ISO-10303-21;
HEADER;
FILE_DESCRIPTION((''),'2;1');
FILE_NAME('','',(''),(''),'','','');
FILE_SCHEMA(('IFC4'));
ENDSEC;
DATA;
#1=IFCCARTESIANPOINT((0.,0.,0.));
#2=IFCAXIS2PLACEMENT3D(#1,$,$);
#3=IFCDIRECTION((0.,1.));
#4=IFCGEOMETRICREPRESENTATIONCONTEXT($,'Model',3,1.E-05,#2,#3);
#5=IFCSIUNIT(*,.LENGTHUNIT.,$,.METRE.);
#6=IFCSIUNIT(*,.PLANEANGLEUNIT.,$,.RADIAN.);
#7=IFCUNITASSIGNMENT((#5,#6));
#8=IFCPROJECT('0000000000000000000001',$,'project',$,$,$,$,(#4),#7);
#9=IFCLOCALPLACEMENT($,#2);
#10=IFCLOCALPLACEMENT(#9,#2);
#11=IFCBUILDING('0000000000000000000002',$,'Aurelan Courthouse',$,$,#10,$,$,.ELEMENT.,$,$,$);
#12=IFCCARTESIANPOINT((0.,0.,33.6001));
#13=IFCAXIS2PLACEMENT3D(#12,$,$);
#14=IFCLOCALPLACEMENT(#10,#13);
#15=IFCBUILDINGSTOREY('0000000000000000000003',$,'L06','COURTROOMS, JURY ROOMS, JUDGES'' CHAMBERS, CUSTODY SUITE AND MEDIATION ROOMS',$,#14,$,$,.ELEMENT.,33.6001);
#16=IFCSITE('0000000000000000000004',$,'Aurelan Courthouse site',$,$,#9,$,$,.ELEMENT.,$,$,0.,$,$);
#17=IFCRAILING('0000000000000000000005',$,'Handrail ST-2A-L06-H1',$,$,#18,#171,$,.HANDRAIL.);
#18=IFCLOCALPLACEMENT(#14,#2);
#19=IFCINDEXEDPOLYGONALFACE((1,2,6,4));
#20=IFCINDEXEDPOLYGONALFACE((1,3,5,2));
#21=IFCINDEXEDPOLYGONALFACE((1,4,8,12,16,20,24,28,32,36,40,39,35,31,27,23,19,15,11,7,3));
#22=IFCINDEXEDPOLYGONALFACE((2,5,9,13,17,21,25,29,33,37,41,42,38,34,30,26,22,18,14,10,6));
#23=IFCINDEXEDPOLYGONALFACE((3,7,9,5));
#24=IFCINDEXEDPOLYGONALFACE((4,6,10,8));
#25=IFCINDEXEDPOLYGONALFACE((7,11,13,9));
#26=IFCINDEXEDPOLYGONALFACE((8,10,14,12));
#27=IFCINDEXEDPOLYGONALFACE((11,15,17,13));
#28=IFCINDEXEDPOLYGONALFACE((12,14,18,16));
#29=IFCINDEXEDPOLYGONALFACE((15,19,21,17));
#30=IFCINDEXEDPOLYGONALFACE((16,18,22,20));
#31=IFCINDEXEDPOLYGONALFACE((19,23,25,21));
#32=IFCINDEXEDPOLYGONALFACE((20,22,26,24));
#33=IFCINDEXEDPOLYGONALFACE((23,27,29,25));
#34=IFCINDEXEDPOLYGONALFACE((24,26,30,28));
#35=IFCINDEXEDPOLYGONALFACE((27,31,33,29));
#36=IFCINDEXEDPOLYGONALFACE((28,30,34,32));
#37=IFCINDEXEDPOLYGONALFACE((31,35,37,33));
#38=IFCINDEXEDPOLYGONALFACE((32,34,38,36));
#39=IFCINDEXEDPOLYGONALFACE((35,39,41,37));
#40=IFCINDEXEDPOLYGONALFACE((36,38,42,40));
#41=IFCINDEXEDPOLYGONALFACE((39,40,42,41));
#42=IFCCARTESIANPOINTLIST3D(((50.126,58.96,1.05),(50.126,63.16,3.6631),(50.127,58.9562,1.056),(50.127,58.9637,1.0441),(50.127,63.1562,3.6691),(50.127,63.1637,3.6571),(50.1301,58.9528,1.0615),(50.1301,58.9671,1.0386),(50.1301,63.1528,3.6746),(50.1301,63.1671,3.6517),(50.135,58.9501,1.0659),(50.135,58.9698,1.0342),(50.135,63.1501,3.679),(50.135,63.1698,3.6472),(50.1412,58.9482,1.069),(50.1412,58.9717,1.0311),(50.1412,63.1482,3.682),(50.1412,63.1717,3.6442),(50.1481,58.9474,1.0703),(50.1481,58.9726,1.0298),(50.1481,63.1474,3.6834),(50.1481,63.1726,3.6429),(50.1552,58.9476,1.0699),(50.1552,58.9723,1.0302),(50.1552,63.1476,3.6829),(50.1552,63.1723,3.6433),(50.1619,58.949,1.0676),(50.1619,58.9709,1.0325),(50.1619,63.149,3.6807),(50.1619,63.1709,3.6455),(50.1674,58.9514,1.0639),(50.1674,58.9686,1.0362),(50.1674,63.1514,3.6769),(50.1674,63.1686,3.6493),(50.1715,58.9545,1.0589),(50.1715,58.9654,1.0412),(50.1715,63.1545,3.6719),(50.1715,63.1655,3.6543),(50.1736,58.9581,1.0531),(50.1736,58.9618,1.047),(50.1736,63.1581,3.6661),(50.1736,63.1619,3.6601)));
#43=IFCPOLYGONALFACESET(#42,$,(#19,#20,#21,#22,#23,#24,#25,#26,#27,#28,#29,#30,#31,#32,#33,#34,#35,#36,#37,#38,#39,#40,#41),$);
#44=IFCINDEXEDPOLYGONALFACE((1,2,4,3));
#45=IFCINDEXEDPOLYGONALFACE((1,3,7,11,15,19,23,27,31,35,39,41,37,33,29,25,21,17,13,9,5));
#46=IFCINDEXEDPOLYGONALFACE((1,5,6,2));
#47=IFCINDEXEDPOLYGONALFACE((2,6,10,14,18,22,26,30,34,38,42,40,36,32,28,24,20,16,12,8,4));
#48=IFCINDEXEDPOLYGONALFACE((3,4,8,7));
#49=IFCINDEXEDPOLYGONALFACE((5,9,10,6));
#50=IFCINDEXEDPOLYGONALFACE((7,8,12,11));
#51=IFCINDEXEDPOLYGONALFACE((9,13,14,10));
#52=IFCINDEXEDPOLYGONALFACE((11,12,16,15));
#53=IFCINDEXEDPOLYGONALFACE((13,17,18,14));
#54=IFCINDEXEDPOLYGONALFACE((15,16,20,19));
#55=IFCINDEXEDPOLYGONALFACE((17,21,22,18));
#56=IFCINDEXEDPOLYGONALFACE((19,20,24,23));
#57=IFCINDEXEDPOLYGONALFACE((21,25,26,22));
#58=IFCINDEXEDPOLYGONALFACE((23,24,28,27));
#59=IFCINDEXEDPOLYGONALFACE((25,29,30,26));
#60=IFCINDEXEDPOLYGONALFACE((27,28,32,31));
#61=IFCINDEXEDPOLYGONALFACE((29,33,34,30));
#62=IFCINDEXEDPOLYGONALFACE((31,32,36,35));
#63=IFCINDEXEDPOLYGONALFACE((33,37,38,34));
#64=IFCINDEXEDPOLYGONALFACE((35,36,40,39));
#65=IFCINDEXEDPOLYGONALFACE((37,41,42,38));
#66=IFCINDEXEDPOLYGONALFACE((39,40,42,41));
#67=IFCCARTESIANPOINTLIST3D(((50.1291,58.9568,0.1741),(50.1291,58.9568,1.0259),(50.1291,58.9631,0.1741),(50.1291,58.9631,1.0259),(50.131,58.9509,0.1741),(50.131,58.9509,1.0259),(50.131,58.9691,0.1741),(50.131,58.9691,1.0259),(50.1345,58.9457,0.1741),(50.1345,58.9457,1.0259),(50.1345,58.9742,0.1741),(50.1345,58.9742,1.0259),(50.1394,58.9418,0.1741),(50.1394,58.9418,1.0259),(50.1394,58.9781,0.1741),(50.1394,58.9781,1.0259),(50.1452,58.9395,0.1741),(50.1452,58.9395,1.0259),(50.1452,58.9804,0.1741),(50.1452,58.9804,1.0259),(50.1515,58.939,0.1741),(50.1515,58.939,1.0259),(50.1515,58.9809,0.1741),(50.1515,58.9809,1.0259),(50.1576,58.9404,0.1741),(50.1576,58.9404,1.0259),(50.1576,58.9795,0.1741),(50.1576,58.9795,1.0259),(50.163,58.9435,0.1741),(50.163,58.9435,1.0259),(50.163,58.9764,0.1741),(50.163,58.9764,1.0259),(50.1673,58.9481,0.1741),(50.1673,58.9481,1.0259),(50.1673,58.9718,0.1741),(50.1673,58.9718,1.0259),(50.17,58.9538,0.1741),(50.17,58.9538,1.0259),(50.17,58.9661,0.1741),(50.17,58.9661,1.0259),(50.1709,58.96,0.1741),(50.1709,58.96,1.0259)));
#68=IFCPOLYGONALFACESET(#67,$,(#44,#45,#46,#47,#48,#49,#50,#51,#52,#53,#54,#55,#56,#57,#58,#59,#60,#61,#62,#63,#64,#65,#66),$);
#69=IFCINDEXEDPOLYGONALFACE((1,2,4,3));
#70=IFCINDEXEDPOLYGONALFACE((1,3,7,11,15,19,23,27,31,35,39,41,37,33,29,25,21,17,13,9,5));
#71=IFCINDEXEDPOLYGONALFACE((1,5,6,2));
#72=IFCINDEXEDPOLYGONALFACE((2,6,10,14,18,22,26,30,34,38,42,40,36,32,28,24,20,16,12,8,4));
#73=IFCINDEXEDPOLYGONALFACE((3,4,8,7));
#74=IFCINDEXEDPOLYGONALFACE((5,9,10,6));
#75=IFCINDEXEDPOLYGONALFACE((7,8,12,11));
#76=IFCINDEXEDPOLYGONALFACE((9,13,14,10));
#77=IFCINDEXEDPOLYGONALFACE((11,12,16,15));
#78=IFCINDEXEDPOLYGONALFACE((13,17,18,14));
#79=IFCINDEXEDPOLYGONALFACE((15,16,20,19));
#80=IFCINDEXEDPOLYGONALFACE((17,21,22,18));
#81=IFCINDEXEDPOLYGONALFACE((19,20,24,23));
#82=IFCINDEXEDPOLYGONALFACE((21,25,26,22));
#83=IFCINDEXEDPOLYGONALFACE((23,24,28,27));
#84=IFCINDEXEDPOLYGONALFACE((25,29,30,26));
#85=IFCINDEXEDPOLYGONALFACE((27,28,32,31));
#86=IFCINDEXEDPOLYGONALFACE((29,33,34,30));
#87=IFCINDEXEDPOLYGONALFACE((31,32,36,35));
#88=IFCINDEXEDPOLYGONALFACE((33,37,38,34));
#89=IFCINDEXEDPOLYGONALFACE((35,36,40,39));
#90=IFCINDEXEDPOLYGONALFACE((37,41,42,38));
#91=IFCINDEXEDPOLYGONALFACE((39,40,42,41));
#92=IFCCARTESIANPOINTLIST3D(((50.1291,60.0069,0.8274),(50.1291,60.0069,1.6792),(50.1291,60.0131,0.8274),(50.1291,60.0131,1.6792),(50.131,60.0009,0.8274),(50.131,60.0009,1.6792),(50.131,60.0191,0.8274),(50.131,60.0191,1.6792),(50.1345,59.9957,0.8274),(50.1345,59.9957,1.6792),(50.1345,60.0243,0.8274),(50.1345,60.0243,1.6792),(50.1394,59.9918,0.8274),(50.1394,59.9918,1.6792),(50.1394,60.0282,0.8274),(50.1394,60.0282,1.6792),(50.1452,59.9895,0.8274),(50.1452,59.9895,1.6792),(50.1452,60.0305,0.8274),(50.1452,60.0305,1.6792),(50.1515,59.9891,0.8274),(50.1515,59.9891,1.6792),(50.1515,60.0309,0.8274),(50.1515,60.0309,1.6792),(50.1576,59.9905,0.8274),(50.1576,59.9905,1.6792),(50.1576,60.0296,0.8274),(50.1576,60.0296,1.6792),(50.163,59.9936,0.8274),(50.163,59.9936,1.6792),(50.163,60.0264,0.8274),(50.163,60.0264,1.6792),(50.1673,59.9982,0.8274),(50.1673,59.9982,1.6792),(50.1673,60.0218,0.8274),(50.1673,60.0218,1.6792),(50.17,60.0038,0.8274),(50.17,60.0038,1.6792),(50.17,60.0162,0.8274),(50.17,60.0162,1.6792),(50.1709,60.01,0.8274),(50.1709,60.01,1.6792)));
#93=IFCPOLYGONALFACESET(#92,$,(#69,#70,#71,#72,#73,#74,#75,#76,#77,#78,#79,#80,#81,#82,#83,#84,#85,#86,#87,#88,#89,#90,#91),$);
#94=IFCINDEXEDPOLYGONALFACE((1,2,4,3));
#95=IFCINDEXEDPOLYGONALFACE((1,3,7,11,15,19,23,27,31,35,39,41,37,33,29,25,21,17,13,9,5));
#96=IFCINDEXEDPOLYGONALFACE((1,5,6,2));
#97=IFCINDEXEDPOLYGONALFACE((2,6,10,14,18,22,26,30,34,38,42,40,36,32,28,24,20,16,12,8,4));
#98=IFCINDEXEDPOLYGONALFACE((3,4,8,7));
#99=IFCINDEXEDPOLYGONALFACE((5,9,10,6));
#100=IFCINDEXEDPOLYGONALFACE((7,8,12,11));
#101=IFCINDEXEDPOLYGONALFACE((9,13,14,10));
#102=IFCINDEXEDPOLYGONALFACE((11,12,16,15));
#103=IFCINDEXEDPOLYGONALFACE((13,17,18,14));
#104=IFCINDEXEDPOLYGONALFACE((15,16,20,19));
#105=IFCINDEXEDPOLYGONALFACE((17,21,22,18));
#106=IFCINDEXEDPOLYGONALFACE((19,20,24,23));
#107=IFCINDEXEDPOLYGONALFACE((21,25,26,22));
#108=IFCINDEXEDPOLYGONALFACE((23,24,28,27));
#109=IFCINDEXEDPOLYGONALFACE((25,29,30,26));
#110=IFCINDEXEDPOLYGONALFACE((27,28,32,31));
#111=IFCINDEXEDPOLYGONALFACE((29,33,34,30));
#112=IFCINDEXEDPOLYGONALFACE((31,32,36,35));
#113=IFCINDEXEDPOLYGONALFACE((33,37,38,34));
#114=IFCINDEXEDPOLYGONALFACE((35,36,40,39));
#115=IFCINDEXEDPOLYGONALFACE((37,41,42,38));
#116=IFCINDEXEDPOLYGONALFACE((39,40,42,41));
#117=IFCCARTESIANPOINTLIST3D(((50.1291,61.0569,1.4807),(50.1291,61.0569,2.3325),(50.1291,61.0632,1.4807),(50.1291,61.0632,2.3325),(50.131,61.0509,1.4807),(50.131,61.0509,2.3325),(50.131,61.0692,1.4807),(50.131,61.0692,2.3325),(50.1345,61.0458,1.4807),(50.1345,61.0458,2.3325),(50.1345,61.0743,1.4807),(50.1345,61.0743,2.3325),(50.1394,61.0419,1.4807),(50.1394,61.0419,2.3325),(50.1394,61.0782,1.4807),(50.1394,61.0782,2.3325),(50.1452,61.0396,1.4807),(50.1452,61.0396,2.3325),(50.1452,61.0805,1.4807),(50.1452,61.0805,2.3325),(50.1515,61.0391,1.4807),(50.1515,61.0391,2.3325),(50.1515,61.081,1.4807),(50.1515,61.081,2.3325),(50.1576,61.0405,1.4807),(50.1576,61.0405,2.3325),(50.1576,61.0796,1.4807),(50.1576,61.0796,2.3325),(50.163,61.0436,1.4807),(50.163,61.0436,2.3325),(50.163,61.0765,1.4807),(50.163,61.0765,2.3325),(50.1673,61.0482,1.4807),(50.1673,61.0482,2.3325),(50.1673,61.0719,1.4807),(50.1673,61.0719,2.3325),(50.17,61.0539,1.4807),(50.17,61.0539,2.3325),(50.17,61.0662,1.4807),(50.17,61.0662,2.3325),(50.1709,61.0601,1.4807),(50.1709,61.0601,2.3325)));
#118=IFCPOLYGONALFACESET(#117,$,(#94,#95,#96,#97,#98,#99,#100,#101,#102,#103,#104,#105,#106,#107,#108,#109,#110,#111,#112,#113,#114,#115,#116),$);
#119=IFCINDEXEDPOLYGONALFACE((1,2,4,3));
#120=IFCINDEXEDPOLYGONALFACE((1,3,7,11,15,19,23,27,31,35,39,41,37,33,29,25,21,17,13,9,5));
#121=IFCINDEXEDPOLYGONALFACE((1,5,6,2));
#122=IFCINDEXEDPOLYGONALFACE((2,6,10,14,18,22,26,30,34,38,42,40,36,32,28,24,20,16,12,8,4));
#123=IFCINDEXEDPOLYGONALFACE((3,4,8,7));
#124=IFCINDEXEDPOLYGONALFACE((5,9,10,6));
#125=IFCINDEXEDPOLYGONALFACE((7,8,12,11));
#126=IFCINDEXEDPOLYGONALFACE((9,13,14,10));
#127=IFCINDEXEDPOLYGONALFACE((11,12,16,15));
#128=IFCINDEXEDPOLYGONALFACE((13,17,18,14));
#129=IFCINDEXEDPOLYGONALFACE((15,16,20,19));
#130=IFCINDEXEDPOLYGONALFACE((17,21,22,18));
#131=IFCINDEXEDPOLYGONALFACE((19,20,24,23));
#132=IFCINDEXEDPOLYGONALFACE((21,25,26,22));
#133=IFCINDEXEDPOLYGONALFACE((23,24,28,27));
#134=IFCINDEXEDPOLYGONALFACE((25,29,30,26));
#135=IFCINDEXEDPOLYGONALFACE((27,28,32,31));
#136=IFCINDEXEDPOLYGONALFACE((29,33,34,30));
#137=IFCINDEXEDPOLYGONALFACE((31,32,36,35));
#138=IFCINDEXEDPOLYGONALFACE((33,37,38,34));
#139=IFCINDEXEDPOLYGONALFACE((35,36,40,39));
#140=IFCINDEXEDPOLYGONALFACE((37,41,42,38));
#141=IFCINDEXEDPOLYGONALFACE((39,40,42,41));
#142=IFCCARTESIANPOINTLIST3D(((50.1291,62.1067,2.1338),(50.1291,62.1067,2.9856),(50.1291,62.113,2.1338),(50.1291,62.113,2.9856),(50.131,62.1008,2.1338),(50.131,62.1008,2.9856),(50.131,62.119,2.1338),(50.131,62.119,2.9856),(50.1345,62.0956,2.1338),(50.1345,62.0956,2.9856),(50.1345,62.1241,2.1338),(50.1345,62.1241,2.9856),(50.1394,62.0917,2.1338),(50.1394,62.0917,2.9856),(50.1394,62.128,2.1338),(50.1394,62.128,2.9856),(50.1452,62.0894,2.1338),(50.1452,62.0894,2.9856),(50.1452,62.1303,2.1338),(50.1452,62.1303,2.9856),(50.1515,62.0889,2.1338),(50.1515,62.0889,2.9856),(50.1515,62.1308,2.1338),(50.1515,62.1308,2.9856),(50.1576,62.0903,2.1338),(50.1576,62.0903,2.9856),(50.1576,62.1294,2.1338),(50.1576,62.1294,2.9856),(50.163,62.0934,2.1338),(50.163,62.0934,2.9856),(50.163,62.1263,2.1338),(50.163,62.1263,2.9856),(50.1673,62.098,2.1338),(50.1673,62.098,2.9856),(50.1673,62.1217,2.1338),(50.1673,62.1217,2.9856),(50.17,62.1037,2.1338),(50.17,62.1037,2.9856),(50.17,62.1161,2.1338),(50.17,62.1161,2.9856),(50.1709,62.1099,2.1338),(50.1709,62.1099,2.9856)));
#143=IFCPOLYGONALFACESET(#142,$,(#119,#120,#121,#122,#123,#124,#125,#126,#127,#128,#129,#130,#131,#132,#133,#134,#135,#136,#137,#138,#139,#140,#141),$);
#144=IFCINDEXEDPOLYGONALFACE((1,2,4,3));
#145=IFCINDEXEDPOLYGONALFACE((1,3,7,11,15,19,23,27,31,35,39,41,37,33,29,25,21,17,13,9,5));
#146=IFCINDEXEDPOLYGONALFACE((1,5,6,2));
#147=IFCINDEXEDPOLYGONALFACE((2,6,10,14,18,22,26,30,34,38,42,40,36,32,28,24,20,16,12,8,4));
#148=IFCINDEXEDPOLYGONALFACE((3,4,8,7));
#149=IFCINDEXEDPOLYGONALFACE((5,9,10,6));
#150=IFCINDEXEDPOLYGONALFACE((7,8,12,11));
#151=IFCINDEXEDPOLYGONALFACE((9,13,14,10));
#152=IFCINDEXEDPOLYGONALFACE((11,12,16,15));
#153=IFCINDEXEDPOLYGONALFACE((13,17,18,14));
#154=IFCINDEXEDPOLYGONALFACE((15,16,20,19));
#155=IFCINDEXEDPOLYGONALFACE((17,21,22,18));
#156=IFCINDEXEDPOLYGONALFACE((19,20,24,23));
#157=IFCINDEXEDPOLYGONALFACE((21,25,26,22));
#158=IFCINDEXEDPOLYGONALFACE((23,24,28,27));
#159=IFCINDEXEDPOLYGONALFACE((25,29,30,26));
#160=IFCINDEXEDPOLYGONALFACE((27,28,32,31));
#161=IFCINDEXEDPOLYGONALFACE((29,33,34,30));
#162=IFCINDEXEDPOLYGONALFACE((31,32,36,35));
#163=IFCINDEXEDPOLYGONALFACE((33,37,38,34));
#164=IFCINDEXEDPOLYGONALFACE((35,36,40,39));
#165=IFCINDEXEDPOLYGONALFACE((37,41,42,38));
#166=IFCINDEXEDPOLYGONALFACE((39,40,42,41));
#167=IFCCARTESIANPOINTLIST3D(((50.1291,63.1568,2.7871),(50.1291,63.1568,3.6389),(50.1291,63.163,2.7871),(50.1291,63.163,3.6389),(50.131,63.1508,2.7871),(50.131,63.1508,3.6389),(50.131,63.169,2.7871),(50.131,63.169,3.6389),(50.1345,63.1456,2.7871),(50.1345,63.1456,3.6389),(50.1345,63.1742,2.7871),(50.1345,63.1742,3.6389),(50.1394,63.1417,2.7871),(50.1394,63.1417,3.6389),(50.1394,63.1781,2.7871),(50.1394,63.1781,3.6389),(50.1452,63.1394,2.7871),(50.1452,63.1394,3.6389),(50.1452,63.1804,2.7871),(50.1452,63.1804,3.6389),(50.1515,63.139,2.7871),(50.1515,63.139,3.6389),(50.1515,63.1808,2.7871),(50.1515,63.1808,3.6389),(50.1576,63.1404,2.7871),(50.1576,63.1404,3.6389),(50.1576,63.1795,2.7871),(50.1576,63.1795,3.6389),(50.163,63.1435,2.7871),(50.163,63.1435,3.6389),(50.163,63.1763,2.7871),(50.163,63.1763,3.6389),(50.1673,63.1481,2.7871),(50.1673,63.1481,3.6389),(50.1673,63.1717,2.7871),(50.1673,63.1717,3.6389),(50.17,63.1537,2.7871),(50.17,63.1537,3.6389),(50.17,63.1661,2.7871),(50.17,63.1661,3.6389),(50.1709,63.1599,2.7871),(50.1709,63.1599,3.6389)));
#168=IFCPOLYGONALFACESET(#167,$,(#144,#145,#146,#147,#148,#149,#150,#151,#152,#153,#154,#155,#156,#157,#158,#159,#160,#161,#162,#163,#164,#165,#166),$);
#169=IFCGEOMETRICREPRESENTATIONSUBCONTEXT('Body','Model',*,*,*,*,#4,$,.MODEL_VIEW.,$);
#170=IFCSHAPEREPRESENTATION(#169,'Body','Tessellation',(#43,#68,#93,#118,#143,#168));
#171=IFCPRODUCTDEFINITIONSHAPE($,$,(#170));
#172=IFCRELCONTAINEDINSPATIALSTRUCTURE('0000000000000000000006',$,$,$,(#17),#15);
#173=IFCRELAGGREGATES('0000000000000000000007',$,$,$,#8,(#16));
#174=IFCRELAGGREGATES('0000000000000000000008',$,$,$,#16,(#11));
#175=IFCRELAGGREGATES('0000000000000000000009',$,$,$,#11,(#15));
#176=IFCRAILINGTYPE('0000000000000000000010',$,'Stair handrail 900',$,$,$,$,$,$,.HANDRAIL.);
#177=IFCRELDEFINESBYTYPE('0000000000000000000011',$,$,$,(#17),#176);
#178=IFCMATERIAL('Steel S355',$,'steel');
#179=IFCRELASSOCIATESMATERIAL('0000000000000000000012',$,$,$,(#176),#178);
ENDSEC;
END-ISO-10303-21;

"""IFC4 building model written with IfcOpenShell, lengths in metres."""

from ifc_helpers import new_model, si_unit, direction, frame, origin, origin_2d, place, context, subcontext, project, spatial, circle, extrude, material, type_object, element, save


model = new_model("IFC4")

# Units and contexts
model_context = context("Model", 3, precision=1e-05, world=origin(), true_north=direction((0.0, 1.0)))
body_context = subcontext(model_context, "Body", "Model", "MODEL_VIEW")
ifc_project = project(units=[si_unit("LENGTHUNIT", "METRE"), si_unit("PLANEANGLEUNIT", "RADIAN")], contexts=[model_context])

# Site, building, storey
site_placement = place(None, origin())
site = spatial("IfcSite", under=ifc_project, at=site_placement, Name="Aurelan Courthouse site", CompositionType="ELEMENT", RefElevation=0.0)
building_placement = place(site_placement, origin())
building = spatial("IfcBuilding", under=site, at=building_placement, Name="Aurelan Courthouse", CompositionType="ELEMENT")
storey_placement = place(building_placement, frame((0.0, 0.0, 33.6001)))
storey = spatial("IfcBuildingStorey", under=building, at=storey_placement, Name="L06", Description="COURTROOMS, JURY ROOMS, JUDGES' CHAMBERS, CUSTODY SUITE AND MEDIATION ROOMS", CompositionType="ELEMENT", Elevation=33.6001)

# Railing
ifc_material_1 = material(Name="Steel S355", Category="steel")
railing_type = type_object("IfcRailingType", Name="Stair handrail 900", PredefinedType="HANDRAIL", material=ifc_material_1)
for number, where, name in (
    (1, (50.1499, 58.96, 0.1741), "Handrail ST-2A-L06-H1"),
):
    element("IfcRailing", number, at=place(storey_placement, frame(where)), inside=storey, type_object=railing_type, Name=name, PredefinedType="HANDRAIL", context=body_context, shape_type="SweptSolid", body=[
        extrude(circle(Radius=0.0239, at=origin_2d()), frame((0.0, 0.0, 0.876), z_axis=(0.0, 0.849081, 0.528263), x_axis=(-1.0, 0.0, 0.0)), (0.0, 0.0, 1.0), 4.9465),
        extrude(circle(Radius=0.021, at=origin_2d()), origin(), (0.0, 0.0, 1.0), 0.8518),
        extrude(circle(Radius=0.021, at=origin_2d()), frame((0.0, 1.05, 0.6533)), (0.0, 0.0, 1.0), 0.8518),
        extrude(circle(Radius=0.021, at=origin_2d()), frame((0.0, 2.1001, 1.3066)), (0.0, 0.0, 1.0), 0.8518),
        extrude(circle(Radius=0.021, at=origin_2d()), frame((0.0, 3.1499, 1.9597)), (0.0, 0.0, 1.0), 0.8518),
        extrude(circle(Radius=0.021, at=origin_2d()), frame((0.0, 4.2, 2.613)), (0.0, 0.0, 1.0), 0.8518),
    ])

save(model, "model.ifc")
